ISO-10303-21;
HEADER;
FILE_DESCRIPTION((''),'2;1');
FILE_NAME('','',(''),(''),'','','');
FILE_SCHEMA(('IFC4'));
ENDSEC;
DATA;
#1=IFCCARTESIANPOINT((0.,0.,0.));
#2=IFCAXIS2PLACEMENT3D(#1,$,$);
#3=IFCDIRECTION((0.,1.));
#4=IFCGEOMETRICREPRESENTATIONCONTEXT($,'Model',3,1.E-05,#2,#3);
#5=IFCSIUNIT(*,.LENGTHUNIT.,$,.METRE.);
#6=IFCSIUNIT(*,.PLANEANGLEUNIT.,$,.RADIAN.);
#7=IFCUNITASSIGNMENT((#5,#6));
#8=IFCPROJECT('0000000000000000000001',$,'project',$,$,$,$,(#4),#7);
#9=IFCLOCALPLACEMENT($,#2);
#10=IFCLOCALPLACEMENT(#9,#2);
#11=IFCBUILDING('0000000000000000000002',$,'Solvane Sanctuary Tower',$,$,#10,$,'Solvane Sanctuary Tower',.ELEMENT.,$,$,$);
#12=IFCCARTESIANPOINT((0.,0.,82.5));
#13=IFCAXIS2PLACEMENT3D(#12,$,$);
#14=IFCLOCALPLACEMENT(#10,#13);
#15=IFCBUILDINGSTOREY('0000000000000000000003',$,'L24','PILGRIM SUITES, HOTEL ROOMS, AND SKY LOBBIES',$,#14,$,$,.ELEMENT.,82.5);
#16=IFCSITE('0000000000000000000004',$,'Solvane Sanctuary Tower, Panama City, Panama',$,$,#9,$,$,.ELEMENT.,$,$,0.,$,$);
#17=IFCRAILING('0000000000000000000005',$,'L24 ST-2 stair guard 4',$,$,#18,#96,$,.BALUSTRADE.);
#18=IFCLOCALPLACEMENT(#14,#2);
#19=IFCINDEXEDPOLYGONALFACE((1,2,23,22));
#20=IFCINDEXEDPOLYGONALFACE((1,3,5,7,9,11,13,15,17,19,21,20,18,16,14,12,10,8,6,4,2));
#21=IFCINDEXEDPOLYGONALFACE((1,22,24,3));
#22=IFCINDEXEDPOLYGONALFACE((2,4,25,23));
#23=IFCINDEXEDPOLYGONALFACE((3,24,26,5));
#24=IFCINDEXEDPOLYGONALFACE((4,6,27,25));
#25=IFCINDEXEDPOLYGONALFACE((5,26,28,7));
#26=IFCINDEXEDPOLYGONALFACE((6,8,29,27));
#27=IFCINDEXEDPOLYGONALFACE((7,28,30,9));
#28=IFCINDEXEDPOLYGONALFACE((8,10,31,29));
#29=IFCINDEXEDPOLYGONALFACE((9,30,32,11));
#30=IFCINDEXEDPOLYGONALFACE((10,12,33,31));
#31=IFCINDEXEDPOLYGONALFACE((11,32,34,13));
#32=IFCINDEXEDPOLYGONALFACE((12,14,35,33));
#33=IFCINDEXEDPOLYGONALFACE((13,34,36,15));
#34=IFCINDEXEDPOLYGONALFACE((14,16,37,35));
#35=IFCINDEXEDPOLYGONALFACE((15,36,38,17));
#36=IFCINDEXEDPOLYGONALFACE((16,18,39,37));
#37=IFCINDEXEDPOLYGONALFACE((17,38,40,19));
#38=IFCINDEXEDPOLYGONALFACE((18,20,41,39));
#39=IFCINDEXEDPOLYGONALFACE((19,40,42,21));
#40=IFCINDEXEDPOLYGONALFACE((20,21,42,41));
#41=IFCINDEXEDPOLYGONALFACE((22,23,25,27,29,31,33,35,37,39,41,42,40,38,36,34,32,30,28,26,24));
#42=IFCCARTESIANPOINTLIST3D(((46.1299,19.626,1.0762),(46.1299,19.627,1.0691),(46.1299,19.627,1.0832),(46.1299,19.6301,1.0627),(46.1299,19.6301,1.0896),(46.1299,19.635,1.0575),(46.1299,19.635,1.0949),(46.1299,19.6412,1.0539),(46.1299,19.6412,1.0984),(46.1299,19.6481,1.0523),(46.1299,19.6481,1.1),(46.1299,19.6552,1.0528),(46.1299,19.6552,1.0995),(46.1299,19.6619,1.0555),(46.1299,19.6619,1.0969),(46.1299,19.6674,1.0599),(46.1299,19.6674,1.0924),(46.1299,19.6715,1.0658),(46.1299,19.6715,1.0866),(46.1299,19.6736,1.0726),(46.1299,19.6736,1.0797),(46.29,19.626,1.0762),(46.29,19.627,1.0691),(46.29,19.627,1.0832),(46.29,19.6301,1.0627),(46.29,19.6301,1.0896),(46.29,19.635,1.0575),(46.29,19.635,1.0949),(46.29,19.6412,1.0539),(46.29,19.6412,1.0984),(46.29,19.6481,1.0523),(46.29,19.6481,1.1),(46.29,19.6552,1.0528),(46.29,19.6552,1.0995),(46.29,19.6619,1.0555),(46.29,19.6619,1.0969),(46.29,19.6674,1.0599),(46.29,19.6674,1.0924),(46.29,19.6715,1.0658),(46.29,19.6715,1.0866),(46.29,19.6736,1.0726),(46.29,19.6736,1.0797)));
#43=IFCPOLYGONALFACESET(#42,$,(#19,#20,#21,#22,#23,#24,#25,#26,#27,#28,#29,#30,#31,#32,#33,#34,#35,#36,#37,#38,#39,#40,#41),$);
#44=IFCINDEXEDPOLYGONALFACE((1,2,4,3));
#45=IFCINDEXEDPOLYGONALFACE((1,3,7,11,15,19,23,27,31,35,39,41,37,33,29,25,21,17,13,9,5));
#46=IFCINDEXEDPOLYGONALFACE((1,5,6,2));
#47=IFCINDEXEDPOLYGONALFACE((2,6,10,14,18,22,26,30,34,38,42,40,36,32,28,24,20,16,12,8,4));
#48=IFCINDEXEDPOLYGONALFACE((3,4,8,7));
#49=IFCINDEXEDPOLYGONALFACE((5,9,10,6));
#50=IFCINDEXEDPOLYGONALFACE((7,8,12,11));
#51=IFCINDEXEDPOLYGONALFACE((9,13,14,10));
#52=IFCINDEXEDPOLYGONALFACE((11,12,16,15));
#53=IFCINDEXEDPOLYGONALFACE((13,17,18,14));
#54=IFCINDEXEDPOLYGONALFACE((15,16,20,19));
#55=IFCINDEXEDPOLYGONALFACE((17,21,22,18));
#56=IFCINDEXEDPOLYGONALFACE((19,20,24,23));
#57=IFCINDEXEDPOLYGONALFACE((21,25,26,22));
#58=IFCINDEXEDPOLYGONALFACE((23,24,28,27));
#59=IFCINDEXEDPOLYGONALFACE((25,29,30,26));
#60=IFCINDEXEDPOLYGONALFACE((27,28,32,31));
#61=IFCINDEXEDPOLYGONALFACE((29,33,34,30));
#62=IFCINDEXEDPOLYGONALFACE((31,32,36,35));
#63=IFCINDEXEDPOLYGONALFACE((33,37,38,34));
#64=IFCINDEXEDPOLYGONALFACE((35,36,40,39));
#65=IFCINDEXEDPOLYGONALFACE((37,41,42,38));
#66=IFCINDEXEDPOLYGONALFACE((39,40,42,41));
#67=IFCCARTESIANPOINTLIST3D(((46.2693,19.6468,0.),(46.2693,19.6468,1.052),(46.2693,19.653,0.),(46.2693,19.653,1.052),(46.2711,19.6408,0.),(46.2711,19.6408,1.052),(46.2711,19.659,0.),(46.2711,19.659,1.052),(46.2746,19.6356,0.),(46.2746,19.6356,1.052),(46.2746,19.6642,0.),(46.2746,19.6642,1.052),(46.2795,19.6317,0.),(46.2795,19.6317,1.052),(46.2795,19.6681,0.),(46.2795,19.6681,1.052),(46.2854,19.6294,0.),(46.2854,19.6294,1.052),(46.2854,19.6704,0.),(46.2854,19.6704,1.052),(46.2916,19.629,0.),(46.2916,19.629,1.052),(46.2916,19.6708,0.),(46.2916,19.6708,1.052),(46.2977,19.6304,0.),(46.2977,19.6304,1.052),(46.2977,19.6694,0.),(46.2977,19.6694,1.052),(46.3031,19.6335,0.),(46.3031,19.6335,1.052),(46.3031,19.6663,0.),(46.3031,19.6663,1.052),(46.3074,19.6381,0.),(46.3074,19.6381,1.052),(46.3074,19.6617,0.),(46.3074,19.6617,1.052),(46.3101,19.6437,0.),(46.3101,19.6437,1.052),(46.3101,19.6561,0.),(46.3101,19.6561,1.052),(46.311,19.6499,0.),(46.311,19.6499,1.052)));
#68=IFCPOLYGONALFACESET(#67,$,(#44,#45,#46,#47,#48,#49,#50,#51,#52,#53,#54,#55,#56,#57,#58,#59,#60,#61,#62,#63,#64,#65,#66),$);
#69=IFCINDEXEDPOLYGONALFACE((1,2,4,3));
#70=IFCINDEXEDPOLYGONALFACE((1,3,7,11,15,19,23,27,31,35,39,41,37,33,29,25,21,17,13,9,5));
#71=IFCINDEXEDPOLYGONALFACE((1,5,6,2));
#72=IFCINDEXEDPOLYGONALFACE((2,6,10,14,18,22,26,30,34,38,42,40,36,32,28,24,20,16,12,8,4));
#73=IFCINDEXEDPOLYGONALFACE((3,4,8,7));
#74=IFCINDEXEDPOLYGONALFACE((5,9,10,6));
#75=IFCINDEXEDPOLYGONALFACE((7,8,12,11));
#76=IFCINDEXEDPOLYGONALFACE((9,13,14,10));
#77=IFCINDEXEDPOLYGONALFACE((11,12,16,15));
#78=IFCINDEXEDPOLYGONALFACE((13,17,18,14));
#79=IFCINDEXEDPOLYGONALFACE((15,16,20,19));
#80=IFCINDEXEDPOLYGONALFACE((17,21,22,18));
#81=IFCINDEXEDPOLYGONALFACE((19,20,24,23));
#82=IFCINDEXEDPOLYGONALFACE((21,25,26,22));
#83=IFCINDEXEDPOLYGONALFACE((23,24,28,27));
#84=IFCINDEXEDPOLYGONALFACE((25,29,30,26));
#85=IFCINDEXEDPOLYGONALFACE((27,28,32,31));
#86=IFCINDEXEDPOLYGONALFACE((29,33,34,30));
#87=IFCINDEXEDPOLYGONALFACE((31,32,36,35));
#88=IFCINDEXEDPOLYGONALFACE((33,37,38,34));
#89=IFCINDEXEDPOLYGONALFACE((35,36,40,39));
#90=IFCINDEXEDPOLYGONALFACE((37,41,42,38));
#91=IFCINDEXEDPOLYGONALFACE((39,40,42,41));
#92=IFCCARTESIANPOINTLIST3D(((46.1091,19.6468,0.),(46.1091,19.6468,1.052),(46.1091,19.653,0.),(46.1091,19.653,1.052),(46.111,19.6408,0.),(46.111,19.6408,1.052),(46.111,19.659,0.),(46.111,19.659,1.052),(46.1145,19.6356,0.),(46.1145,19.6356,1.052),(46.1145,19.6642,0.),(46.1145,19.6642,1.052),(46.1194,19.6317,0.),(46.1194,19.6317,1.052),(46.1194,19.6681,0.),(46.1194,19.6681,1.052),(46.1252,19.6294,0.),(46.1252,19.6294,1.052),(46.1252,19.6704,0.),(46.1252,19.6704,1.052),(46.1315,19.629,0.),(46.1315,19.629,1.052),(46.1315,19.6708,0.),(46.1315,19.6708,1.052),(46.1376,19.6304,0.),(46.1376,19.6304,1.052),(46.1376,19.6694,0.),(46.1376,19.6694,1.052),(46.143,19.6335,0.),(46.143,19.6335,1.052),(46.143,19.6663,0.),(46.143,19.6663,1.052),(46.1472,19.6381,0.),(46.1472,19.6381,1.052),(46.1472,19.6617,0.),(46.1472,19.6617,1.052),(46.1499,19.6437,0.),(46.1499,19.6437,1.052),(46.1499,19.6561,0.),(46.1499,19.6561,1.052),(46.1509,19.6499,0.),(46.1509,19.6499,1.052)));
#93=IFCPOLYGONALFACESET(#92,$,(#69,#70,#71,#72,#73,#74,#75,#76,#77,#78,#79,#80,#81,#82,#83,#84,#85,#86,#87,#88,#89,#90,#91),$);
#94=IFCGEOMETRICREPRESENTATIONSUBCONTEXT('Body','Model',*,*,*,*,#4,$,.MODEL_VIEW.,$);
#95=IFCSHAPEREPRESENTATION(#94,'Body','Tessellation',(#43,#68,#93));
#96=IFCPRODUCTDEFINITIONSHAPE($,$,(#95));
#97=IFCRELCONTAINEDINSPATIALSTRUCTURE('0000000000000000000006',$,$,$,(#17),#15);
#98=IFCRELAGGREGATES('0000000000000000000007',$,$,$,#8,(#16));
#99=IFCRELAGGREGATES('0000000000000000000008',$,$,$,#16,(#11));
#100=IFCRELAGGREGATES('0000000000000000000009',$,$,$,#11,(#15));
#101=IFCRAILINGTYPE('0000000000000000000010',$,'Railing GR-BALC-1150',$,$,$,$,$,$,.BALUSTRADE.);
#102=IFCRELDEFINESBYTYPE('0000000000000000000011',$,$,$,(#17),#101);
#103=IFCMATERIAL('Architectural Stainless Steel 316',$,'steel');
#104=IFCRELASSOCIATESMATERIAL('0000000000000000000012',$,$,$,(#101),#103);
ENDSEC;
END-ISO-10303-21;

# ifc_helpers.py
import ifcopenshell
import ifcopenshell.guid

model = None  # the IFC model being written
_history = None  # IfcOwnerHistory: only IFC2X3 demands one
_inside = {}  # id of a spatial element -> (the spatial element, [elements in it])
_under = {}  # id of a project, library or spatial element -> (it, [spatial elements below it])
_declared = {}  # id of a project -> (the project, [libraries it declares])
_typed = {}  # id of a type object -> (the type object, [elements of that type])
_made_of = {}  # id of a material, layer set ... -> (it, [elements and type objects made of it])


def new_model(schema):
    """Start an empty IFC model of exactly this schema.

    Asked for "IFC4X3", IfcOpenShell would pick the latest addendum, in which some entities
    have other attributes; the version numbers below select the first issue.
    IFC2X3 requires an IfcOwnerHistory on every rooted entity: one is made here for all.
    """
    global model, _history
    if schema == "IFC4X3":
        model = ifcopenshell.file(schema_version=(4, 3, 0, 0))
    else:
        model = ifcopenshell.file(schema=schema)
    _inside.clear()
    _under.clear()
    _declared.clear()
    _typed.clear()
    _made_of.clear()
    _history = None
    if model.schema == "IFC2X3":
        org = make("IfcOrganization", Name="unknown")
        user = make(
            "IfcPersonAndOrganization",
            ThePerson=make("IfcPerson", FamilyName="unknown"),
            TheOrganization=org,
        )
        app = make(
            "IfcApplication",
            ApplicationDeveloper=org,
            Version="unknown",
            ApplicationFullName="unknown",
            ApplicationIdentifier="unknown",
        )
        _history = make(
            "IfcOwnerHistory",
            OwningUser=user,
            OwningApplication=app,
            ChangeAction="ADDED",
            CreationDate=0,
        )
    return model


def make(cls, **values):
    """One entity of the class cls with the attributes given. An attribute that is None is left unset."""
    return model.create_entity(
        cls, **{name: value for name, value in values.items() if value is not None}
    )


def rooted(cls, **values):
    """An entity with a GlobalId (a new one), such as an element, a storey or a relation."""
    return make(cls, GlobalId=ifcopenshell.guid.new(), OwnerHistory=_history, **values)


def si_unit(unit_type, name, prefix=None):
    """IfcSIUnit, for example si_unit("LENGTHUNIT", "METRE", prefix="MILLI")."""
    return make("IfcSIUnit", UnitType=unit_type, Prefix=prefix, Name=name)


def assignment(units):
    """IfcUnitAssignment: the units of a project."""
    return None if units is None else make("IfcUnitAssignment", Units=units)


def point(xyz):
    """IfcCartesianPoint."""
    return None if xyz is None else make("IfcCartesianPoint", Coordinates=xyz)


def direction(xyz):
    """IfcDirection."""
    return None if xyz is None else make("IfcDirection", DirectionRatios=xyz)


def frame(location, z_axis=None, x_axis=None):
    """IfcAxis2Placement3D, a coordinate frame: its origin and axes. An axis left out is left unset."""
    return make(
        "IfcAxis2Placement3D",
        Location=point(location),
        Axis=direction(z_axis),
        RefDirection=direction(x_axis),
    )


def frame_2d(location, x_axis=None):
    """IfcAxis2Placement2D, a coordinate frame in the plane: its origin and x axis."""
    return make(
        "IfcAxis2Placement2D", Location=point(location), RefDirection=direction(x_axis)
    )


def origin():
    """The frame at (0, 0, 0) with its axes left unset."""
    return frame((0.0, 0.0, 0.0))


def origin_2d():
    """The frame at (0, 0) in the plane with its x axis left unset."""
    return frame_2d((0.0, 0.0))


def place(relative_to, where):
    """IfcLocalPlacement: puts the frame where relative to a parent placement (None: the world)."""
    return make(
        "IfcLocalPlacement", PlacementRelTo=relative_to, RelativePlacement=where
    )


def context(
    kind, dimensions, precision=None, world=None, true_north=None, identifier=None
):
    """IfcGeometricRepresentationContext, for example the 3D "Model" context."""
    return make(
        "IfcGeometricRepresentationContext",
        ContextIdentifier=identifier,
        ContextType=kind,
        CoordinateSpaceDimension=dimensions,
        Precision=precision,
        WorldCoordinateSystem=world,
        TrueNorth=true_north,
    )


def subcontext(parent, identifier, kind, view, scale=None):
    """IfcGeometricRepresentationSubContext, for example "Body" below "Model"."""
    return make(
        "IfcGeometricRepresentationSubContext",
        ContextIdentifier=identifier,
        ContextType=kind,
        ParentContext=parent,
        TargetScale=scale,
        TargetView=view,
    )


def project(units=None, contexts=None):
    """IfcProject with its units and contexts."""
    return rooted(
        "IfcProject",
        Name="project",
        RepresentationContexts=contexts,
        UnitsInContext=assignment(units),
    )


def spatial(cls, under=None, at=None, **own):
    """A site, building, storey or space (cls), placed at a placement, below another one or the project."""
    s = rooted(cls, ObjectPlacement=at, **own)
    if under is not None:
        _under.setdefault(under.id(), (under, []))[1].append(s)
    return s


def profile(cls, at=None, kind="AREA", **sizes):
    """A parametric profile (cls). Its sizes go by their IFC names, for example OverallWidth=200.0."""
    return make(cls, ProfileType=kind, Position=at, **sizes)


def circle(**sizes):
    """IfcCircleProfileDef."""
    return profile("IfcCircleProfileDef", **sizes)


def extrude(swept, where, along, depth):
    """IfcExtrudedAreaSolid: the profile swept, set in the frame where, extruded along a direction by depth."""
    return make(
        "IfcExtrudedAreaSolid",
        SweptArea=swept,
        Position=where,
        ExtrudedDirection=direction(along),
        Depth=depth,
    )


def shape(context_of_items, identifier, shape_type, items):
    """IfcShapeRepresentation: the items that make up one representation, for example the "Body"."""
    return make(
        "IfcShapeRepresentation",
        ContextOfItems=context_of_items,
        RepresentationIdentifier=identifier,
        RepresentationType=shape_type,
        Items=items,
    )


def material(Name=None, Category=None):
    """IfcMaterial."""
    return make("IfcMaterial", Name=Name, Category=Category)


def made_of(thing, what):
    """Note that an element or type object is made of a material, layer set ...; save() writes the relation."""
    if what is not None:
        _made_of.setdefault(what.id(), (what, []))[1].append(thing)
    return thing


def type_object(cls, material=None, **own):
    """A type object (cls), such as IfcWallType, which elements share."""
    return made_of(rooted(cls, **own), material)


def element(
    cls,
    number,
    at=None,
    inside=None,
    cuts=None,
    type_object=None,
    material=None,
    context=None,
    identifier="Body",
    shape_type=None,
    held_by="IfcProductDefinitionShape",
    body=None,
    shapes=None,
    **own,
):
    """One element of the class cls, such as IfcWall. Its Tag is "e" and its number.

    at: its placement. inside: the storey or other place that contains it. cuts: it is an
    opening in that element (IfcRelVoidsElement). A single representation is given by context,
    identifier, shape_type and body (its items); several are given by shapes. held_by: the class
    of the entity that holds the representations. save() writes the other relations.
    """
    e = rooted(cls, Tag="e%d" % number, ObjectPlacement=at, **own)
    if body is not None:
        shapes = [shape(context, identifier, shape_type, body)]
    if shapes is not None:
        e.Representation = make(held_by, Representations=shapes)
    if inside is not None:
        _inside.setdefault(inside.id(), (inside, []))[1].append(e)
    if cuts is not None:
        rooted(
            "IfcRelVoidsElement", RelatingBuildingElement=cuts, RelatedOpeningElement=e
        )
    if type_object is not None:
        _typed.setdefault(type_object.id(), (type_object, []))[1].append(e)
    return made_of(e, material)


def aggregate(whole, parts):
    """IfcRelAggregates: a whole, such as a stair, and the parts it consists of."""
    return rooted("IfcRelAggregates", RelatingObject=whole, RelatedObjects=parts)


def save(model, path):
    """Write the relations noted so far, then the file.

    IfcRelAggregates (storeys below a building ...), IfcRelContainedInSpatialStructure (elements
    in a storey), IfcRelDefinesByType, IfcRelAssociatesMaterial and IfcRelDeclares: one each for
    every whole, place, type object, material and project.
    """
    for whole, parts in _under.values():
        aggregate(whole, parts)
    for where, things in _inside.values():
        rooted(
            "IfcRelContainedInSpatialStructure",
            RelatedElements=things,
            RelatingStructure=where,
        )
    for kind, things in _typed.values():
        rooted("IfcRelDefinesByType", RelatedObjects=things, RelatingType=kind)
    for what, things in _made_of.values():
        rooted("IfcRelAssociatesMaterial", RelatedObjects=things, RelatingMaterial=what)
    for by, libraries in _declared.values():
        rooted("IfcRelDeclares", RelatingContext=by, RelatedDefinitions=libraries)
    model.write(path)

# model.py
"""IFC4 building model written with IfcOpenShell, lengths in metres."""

from ifc_helpers import new_model, si_unit, direction, frame, origin, origin_2d, place, context, subcontext, project, spatial, circle, extrude, material, type_object, element, save


model = new_model("IFC4")

# Units and contexts
model_context = context("Model", 3, precision=1e-05, world=origin(), true_north=direction((0.0, 1.0)))
body_context = subcontext(model_context, "Body", "Model", "MODEL_VIEW")
ifc_project = project(units=[si_unit("LENGTHUNIT", "METRE"), si_unit("PLANEANGLEUNIT", "RADIAN")], contexts=[model_context])

# Site, building, storey
site_placement = place(None, origin())
site = spatial("IfcSite", under=ifc_project, at=site_placement, Name="Solvane Sanctuary Tower, Panama City, Panama", CompositionType="ELEMENT", RefElevation=0.0)
building_placement = place(site_placement, origin())
building = spatial("IfcBuilding", under=site, at=building_placement, Name="Solvane Sanctuary Tower", LongName="Solvane Sanctuary Tower", CompositionType="ELEMENT")
storey_placement = place(building_placement, frame((0.0, 0.0, 82.5)))
storey = spatial("IfcBuildingStorey", under=building, at=storey_placement, Name="L24", Description="PILGRIM SUITES, HOTEL ROOMS, AND SKY LOBBIES", CompositionType="ELEMENT", Elevation=82.5)

# Shared definitions
ifc_material_1 = material(Name="Architectural Stainless Steel 316", Category="steel")

# Railing
railing_type_1 = type_object("IfcRailingType", Name="Railing GR-BALC-1150", PredefinedType="BALUSTRADE", material=ifc_material_1)
railing_1_placement = place(storey_placement, frame((46.29, 19.6499, 0.0)))
element("IfcRailing", 1, at=railing_1_placement, inside=storey, type_object=railing_type_1, Name="L24 ST-2 stair guard 4", PredefinedType="BALUSTRADE", context=body_context, shape_type="SweptSolid", body=[
    extrude(circle(Radius=0.0239, at=origin_2d()), frame((0.0, 0.0, 1.0762), z_axis=(-1.0, 0.0, 0.0), x_axis=(0.0, -1.0, 0.0)), (0.0, 0.0, 1.0), 0.1602),
    extrude(circle(Radius=0.021, at=origin_2d()), origin(), (0.0, 0.0, 1.0), 1.052),
    extrude(circle(Radius=0.021, at=origin_2d()), frame((-0.1602, 0.0, 0.0)), (0.0, 0.0, 1.0), 1.052),
])

save(model, "model.ifc")
